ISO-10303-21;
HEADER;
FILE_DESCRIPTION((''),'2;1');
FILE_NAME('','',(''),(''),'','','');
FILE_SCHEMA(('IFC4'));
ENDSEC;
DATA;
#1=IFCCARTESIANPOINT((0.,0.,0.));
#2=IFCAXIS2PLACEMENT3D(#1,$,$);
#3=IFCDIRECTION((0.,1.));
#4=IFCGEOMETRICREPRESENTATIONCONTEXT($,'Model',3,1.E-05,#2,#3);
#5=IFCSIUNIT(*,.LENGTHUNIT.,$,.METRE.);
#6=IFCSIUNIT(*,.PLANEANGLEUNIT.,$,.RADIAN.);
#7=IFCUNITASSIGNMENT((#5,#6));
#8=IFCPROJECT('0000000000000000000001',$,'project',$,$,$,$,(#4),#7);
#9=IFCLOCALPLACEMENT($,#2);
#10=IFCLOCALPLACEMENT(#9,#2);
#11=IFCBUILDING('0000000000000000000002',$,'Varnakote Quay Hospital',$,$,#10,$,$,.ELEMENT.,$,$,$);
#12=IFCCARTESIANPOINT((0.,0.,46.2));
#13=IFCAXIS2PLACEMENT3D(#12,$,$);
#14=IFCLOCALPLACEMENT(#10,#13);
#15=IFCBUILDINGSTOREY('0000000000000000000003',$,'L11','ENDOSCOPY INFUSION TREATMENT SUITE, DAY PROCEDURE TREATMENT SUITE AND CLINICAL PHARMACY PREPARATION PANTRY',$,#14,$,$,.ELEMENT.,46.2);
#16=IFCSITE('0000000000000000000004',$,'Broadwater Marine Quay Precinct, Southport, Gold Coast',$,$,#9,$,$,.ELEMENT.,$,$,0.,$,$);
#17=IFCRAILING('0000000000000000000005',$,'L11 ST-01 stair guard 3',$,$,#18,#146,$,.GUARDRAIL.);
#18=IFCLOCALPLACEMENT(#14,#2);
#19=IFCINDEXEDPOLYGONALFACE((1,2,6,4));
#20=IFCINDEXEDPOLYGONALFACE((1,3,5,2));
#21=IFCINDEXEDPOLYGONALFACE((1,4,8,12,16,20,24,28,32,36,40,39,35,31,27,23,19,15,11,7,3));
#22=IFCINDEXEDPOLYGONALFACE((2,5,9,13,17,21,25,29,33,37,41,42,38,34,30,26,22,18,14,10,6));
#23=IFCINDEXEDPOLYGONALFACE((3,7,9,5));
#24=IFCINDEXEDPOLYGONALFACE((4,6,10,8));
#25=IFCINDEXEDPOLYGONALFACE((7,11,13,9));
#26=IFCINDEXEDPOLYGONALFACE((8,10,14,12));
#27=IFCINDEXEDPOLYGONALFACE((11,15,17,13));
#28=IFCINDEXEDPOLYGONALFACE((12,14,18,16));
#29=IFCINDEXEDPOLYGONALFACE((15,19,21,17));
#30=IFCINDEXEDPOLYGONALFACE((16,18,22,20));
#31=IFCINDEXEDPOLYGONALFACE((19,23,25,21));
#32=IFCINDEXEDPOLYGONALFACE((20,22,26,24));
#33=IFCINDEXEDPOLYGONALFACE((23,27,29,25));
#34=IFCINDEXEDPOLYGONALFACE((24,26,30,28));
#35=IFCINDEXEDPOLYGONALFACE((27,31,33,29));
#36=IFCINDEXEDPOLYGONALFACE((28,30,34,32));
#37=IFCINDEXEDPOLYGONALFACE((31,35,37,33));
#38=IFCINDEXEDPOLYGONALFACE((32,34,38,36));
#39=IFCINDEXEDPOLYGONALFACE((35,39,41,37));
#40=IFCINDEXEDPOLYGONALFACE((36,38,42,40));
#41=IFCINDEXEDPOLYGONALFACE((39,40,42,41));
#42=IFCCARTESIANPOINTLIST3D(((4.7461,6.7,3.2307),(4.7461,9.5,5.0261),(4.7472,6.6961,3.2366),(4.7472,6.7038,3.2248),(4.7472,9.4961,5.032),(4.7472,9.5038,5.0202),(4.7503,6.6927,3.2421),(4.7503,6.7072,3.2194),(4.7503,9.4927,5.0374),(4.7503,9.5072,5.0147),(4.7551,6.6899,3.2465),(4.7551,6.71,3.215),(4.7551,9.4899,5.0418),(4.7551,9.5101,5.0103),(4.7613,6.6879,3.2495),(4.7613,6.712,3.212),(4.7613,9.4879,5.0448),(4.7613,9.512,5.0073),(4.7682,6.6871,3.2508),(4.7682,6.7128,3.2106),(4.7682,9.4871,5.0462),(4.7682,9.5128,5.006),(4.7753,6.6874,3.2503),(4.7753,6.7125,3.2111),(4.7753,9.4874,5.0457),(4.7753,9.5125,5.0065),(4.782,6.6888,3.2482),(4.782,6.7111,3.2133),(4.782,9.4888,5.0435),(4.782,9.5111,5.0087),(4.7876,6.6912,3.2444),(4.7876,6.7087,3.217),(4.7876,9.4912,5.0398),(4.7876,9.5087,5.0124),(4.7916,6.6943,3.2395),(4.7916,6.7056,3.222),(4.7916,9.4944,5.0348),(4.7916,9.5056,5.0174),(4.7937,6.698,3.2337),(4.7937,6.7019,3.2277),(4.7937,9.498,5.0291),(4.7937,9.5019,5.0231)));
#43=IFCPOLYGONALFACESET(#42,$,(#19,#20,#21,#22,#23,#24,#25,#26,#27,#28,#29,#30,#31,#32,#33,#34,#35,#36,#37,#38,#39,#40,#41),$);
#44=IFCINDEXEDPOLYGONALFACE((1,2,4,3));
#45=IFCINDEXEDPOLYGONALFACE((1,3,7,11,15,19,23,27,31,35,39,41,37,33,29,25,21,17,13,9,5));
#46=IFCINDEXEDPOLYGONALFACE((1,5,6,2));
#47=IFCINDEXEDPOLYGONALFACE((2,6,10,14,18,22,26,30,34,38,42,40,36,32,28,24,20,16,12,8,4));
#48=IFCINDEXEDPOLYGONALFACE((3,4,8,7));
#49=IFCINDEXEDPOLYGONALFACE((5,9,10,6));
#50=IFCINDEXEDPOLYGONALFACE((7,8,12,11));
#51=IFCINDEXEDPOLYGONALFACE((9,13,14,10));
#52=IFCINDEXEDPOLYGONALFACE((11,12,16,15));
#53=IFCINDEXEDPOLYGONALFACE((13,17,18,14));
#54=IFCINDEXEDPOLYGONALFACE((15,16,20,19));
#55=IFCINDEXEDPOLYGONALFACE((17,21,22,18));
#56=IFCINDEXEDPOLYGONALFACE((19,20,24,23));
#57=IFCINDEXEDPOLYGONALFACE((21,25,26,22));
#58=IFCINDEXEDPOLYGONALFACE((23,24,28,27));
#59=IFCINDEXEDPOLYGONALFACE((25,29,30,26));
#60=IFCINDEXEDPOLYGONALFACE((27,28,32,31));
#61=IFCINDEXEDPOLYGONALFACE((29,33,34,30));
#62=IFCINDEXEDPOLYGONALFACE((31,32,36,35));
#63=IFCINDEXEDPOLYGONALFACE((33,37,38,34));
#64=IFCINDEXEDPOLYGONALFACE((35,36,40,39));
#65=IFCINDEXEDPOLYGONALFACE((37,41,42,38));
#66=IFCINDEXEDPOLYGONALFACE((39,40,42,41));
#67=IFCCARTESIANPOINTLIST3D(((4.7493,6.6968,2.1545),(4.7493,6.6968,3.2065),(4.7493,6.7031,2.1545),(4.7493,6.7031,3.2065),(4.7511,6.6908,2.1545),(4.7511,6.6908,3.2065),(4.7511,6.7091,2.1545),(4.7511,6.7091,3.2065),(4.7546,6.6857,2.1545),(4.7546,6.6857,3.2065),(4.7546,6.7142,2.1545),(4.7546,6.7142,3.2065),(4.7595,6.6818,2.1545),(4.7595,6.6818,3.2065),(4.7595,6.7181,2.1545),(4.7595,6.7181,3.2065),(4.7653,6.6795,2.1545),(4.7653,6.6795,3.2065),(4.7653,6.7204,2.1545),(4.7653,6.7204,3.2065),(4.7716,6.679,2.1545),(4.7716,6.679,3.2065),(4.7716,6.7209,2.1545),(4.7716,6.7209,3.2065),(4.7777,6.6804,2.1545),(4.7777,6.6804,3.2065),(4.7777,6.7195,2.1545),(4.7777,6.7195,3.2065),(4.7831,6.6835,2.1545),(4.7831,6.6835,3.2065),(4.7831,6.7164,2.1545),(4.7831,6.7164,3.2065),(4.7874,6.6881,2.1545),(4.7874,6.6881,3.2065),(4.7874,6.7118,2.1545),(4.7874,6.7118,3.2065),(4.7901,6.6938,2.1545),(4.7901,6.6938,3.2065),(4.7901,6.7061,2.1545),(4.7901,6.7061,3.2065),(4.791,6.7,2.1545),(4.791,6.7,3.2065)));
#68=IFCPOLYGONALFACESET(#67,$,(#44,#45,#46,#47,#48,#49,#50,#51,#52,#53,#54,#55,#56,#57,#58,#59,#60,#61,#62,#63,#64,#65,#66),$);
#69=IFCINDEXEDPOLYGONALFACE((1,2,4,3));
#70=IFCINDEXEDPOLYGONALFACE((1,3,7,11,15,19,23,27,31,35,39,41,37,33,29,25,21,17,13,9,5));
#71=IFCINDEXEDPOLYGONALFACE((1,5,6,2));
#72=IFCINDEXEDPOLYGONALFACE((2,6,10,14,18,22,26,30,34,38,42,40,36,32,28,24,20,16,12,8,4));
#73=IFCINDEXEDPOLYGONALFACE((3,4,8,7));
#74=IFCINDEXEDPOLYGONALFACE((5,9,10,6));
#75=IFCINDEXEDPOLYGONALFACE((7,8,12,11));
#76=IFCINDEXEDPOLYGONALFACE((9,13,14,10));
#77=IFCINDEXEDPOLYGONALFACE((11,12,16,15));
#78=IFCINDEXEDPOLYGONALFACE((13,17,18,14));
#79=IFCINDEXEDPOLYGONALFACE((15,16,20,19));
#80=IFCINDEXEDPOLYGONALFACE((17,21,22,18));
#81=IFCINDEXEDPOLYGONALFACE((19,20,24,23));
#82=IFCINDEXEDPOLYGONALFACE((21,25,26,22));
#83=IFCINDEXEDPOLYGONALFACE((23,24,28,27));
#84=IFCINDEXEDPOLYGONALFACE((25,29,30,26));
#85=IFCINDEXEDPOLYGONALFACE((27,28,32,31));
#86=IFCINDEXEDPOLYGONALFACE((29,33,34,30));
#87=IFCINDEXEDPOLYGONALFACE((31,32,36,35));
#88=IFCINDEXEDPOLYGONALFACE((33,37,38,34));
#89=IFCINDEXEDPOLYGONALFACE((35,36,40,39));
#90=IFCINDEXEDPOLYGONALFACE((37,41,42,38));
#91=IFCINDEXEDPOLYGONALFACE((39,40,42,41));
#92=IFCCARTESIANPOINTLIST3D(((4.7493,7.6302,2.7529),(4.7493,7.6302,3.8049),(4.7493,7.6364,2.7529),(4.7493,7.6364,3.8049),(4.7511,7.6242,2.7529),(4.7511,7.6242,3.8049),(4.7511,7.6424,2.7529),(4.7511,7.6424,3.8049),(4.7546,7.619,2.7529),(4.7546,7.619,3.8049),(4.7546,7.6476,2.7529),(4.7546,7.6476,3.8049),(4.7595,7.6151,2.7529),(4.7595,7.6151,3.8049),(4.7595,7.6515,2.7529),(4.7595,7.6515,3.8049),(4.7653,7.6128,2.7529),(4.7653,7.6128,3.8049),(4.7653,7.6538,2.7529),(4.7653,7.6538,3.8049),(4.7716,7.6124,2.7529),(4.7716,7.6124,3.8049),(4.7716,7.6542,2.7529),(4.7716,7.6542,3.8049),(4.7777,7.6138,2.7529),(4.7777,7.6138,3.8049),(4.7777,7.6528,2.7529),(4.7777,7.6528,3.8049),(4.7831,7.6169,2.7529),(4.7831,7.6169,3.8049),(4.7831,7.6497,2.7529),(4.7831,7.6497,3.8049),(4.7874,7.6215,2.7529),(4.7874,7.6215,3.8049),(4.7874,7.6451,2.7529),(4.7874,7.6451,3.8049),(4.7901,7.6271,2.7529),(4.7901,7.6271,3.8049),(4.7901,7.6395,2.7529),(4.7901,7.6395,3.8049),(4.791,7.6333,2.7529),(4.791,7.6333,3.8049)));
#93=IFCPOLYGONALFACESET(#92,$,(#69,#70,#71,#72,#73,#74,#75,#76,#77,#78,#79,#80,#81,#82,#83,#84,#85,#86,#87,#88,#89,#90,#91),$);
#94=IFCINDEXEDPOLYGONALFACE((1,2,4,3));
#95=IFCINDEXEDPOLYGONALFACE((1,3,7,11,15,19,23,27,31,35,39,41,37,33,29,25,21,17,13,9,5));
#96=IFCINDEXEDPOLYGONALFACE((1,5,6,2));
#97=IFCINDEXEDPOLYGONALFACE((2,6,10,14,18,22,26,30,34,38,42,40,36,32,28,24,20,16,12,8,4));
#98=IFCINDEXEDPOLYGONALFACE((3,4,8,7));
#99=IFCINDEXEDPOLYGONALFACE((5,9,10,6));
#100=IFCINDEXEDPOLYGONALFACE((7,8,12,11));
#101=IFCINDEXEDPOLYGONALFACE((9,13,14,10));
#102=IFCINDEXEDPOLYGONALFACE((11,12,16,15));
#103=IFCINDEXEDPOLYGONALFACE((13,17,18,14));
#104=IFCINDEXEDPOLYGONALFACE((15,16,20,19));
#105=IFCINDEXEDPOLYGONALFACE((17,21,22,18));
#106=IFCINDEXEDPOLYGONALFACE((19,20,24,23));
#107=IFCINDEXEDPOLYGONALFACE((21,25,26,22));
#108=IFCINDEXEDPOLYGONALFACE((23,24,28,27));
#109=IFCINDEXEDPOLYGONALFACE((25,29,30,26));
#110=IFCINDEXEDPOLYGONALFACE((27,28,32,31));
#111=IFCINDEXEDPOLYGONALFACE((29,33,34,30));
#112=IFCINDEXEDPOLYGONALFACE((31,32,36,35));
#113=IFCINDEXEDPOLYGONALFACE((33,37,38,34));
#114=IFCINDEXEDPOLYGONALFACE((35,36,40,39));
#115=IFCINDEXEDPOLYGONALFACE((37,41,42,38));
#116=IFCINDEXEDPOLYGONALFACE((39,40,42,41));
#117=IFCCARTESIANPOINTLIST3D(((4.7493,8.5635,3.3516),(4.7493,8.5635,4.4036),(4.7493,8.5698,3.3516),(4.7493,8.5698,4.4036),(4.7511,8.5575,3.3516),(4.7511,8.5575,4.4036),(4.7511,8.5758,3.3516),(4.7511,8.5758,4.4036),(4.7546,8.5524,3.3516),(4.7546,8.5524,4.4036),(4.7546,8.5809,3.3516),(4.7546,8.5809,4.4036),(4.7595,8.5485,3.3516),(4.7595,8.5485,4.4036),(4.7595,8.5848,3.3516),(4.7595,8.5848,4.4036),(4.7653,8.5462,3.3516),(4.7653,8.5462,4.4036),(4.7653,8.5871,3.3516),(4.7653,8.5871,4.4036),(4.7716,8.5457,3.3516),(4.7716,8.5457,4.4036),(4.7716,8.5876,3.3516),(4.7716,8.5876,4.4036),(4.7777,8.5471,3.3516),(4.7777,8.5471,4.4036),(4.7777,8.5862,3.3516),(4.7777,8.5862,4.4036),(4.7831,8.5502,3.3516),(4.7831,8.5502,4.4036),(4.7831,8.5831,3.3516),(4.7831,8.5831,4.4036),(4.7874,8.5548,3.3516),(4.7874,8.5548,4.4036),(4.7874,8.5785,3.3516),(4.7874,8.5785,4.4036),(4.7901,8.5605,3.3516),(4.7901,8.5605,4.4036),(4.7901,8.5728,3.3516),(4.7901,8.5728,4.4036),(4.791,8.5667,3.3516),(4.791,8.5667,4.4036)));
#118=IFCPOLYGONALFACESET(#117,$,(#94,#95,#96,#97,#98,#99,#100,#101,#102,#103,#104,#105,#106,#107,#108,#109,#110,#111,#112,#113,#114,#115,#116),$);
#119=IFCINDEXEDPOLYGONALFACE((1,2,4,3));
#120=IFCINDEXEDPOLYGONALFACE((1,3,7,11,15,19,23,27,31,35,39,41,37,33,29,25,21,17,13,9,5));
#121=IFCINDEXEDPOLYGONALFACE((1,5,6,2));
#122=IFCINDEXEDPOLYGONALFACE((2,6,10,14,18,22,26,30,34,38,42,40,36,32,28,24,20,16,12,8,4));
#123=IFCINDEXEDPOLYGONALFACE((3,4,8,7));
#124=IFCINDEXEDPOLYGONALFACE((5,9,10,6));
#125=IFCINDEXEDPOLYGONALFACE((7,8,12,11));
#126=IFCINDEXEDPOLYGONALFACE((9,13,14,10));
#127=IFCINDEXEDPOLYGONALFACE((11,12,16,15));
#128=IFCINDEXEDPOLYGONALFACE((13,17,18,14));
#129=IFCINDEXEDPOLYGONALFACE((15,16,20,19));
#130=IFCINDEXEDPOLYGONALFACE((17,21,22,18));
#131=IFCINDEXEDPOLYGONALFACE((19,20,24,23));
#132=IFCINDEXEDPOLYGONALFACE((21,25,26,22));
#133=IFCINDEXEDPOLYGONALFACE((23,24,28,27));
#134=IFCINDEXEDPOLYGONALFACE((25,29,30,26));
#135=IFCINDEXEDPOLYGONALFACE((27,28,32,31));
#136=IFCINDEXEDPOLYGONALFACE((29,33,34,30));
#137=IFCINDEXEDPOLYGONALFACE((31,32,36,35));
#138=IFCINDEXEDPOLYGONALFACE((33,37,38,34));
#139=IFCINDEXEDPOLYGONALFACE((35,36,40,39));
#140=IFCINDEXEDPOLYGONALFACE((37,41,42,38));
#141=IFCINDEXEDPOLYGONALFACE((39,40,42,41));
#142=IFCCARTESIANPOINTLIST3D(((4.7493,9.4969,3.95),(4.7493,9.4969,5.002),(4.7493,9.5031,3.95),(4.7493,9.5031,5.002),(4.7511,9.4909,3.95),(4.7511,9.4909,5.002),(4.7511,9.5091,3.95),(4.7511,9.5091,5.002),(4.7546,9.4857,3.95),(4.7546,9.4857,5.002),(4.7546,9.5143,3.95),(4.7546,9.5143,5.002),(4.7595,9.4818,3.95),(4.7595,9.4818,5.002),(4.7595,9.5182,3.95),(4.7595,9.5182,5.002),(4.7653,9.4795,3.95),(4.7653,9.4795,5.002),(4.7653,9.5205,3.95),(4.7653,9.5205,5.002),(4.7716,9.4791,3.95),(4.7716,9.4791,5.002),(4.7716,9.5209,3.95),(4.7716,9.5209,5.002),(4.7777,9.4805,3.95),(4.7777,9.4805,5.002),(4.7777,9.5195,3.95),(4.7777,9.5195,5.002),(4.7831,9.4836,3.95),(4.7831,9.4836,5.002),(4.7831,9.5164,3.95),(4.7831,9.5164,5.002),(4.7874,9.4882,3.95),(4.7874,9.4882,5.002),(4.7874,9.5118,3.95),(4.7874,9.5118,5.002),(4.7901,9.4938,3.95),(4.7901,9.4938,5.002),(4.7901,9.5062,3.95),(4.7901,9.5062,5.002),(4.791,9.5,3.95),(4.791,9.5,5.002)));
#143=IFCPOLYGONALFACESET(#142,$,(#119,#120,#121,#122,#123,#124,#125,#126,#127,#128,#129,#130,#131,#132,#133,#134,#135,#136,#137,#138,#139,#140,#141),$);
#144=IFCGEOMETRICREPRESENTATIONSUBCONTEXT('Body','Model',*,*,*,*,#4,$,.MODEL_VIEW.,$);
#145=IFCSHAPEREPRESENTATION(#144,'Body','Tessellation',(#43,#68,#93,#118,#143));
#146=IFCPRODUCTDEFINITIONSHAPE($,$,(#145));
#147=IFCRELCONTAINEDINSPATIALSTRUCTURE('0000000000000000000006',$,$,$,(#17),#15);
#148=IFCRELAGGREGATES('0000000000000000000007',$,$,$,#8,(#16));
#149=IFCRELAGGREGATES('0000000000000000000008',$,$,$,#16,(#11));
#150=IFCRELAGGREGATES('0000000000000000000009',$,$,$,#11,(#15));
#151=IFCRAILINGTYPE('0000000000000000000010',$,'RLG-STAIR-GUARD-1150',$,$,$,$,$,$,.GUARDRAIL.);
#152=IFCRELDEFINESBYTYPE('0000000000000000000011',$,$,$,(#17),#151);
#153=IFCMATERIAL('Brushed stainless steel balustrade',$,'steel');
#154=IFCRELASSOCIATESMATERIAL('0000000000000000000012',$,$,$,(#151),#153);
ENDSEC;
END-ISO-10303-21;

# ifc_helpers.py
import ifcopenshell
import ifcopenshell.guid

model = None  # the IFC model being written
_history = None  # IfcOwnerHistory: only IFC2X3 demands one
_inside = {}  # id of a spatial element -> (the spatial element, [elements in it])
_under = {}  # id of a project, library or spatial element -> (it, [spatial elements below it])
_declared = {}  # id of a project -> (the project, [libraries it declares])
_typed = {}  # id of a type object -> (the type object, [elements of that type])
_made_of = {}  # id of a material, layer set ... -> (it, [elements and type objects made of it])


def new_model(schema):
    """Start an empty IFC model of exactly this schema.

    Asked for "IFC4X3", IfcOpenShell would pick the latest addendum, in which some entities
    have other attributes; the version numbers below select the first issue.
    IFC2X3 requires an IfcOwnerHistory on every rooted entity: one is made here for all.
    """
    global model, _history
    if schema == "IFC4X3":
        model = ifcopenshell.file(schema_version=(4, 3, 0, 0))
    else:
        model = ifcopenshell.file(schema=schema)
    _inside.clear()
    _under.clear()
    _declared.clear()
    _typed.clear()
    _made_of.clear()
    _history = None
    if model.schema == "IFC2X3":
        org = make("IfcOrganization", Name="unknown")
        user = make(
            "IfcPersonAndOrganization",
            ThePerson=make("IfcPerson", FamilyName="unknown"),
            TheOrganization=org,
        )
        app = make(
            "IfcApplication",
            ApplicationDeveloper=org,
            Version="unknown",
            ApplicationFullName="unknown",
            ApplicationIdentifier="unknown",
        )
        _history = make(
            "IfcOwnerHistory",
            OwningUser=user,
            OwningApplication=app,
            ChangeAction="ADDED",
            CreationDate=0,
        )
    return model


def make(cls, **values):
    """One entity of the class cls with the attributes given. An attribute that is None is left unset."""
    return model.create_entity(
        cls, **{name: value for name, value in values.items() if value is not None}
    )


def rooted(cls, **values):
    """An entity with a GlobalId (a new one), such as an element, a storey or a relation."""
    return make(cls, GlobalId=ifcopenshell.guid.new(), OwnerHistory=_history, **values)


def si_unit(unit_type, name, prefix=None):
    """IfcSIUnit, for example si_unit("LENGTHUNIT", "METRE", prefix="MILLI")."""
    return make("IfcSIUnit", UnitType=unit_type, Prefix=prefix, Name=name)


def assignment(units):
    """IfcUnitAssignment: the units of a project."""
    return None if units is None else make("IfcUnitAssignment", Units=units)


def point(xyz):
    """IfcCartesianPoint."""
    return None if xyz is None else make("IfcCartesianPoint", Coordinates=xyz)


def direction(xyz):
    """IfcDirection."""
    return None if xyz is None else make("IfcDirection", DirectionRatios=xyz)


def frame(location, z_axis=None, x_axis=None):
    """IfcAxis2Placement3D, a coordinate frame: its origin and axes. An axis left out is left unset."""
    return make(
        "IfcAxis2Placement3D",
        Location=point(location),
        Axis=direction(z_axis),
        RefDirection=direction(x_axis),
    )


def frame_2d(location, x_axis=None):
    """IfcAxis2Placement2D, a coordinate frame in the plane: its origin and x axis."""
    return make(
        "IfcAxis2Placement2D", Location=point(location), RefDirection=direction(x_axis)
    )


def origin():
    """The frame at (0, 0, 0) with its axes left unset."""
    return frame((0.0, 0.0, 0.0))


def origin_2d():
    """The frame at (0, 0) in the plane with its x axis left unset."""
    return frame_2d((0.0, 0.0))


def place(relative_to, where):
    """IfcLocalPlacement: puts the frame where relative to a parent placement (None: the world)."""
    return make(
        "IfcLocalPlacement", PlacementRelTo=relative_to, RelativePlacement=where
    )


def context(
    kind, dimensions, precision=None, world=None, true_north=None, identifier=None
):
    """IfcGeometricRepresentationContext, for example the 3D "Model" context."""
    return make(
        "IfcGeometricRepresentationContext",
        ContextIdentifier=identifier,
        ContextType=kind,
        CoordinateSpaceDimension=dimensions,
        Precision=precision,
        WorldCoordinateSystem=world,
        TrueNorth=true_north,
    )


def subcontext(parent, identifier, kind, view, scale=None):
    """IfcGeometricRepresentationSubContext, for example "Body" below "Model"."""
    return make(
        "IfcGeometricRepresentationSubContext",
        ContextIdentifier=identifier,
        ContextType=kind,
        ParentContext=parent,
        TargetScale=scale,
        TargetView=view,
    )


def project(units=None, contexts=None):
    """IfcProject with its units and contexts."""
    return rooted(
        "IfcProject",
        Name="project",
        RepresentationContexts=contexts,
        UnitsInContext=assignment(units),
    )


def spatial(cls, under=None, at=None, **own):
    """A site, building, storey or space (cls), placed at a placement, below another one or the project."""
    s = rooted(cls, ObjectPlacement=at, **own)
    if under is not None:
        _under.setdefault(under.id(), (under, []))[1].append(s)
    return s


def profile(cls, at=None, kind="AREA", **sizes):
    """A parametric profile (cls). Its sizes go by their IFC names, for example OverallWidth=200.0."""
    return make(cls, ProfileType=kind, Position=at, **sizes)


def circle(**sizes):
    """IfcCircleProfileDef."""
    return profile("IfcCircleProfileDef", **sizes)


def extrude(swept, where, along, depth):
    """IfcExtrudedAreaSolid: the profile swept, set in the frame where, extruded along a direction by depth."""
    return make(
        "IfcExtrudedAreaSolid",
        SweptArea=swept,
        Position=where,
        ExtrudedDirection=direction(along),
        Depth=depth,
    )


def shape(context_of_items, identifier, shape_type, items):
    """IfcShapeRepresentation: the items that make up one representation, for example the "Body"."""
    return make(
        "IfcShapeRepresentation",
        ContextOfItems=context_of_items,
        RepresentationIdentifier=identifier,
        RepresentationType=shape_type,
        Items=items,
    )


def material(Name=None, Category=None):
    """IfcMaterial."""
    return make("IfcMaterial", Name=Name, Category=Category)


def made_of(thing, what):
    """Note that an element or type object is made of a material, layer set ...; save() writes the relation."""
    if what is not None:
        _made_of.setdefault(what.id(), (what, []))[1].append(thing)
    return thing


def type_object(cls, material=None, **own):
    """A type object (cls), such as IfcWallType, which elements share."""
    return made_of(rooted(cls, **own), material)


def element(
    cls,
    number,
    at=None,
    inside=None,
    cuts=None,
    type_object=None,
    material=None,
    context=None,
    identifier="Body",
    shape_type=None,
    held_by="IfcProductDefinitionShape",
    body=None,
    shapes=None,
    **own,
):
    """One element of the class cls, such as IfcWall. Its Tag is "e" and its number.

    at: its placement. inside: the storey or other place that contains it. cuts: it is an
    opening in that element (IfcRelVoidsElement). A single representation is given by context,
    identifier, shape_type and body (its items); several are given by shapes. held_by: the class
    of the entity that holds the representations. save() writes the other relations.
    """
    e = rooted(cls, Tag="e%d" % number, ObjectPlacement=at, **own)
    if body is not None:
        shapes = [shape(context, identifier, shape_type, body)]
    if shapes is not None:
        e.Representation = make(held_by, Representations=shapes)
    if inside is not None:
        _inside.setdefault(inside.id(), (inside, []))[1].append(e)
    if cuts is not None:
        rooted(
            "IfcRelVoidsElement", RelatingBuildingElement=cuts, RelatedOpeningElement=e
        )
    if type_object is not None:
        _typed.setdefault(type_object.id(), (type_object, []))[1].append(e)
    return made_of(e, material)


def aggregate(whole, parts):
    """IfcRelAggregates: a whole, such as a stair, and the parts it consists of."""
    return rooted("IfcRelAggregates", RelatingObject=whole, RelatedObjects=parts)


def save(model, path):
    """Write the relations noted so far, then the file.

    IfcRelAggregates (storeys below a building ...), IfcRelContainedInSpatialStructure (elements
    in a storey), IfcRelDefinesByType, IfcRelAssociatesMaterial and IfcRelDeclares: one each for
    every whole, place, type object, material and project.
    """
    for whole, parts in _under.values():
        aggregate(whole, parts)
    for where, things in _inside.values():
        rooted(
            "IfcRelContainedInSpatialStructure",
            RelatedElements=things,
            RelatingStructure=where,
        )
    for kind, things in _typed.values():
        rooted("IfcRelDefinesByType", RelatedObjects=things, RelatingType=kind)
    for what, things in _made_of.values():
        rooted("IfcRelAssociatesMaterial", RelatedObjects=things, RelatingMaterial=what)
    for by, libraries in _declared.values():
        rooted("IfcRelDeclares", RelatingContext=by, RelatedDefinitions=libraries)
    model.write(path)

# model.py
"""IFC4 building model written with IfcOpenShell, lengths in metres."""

from ifc_helpers import new_model, si_unit, direction, frame, origin, origin_2d, place, context, subcontext, project, spatial, circle, extrude, material, type_object, element, save


model = new_model("IFC4")

# Units and contexts
model_context = context("Model", 3, precision=1e-05, world=origin(), true_north=direction((0.0, 1.0)))
body_context = subcontext(model_context, "Body", "Model", "MODEL_VIEW")
ifc_project = project(units=[si_unit("LENGTHUNIT", "METRE"), si_unit("PLANEANGLEUNIT", "RADIAN")], contexts=[model_context])

# Site, building, storey
site_placement = place(None, origin())
site = spatial("IfcSite", under=ifc_project, at=site_placement, Name="Broadwater Marine Quay Precinct, Southport, Gold Coast", CompositionType="ELEMENT", RefElevation=0.0)
building_placement = place(site_placement, origin())
building = spatial("IfcBuilding", under=site, at=building_placement, Name="Varnakote Quay Hospital", CompositionType="ELEMENT")
storey_placement = place(building_placement, frame((0.0, 0.0, 46.2)))
storey = spatial("IfcBuildingStorey", under=building, at=storey_placement, Name="L11", Description="ENDOSCOPY INFUSION TREATMENT SUITE, DAY PROCEDURE TREATMENT SUITE AND CLINICAL PHARMACY PREPARATION PANTRY", CompositionType="ELEMENT", Elevation=46.2)

# Railing
ifc_material_1 = material(Name="Brushed stainless steel balustrade", Category="steel")
railing_type_1 = type_object("IfcRailingType", Name="RLG-STAIR-GUARD-1150", PredefinedType="GUARDRAIL", material=ifc_material_1)
railing_1_placement = place(storey_placement, frame((4.77, 6.7, 2.1545)))
element("IfcRailing", 1, at=railing_1_placement, inside=storey, type_object=railing_type_1, Name="L11 ST-01 stair guard 3", PredefinedType="GUARDRAIL", context=body_context, shape_type="SweptSolid", body=[
    extrude(circle(Radius=0.0239, at=origin_2d()), frame((0.0, 0.0, 1.0762), z_axis=(0.0, 0.84181, 0.539774), x_axis=(-1.0, 0.0, 0.0)), (0.0, 0.0, 1.0), 3.3262),
    extrude(circle(Radius=0.021, at=origin_2d()), origin(), (0.0, 0.0, 1.0), 1.052),
    extrude(circle(Radius=0.021, at=origin_2d()), frame((0.0, 0.9333, 0.5984)), (0.0, 0.0, 1.0), 1.052),
    extrude(circle(Radius=0.021, at=origin_2d()), frame((0.0, 1.8667, 1.197)), (0.0, 0.0, 1.0), 1.052),
    extrude(circle(Radius=0.021, at=origin_2d()), frame((0.0, 2.8, 1.7954)), (0.0, 0.0, 1.0), 1.052),
])

save(model, "model.ifc")
